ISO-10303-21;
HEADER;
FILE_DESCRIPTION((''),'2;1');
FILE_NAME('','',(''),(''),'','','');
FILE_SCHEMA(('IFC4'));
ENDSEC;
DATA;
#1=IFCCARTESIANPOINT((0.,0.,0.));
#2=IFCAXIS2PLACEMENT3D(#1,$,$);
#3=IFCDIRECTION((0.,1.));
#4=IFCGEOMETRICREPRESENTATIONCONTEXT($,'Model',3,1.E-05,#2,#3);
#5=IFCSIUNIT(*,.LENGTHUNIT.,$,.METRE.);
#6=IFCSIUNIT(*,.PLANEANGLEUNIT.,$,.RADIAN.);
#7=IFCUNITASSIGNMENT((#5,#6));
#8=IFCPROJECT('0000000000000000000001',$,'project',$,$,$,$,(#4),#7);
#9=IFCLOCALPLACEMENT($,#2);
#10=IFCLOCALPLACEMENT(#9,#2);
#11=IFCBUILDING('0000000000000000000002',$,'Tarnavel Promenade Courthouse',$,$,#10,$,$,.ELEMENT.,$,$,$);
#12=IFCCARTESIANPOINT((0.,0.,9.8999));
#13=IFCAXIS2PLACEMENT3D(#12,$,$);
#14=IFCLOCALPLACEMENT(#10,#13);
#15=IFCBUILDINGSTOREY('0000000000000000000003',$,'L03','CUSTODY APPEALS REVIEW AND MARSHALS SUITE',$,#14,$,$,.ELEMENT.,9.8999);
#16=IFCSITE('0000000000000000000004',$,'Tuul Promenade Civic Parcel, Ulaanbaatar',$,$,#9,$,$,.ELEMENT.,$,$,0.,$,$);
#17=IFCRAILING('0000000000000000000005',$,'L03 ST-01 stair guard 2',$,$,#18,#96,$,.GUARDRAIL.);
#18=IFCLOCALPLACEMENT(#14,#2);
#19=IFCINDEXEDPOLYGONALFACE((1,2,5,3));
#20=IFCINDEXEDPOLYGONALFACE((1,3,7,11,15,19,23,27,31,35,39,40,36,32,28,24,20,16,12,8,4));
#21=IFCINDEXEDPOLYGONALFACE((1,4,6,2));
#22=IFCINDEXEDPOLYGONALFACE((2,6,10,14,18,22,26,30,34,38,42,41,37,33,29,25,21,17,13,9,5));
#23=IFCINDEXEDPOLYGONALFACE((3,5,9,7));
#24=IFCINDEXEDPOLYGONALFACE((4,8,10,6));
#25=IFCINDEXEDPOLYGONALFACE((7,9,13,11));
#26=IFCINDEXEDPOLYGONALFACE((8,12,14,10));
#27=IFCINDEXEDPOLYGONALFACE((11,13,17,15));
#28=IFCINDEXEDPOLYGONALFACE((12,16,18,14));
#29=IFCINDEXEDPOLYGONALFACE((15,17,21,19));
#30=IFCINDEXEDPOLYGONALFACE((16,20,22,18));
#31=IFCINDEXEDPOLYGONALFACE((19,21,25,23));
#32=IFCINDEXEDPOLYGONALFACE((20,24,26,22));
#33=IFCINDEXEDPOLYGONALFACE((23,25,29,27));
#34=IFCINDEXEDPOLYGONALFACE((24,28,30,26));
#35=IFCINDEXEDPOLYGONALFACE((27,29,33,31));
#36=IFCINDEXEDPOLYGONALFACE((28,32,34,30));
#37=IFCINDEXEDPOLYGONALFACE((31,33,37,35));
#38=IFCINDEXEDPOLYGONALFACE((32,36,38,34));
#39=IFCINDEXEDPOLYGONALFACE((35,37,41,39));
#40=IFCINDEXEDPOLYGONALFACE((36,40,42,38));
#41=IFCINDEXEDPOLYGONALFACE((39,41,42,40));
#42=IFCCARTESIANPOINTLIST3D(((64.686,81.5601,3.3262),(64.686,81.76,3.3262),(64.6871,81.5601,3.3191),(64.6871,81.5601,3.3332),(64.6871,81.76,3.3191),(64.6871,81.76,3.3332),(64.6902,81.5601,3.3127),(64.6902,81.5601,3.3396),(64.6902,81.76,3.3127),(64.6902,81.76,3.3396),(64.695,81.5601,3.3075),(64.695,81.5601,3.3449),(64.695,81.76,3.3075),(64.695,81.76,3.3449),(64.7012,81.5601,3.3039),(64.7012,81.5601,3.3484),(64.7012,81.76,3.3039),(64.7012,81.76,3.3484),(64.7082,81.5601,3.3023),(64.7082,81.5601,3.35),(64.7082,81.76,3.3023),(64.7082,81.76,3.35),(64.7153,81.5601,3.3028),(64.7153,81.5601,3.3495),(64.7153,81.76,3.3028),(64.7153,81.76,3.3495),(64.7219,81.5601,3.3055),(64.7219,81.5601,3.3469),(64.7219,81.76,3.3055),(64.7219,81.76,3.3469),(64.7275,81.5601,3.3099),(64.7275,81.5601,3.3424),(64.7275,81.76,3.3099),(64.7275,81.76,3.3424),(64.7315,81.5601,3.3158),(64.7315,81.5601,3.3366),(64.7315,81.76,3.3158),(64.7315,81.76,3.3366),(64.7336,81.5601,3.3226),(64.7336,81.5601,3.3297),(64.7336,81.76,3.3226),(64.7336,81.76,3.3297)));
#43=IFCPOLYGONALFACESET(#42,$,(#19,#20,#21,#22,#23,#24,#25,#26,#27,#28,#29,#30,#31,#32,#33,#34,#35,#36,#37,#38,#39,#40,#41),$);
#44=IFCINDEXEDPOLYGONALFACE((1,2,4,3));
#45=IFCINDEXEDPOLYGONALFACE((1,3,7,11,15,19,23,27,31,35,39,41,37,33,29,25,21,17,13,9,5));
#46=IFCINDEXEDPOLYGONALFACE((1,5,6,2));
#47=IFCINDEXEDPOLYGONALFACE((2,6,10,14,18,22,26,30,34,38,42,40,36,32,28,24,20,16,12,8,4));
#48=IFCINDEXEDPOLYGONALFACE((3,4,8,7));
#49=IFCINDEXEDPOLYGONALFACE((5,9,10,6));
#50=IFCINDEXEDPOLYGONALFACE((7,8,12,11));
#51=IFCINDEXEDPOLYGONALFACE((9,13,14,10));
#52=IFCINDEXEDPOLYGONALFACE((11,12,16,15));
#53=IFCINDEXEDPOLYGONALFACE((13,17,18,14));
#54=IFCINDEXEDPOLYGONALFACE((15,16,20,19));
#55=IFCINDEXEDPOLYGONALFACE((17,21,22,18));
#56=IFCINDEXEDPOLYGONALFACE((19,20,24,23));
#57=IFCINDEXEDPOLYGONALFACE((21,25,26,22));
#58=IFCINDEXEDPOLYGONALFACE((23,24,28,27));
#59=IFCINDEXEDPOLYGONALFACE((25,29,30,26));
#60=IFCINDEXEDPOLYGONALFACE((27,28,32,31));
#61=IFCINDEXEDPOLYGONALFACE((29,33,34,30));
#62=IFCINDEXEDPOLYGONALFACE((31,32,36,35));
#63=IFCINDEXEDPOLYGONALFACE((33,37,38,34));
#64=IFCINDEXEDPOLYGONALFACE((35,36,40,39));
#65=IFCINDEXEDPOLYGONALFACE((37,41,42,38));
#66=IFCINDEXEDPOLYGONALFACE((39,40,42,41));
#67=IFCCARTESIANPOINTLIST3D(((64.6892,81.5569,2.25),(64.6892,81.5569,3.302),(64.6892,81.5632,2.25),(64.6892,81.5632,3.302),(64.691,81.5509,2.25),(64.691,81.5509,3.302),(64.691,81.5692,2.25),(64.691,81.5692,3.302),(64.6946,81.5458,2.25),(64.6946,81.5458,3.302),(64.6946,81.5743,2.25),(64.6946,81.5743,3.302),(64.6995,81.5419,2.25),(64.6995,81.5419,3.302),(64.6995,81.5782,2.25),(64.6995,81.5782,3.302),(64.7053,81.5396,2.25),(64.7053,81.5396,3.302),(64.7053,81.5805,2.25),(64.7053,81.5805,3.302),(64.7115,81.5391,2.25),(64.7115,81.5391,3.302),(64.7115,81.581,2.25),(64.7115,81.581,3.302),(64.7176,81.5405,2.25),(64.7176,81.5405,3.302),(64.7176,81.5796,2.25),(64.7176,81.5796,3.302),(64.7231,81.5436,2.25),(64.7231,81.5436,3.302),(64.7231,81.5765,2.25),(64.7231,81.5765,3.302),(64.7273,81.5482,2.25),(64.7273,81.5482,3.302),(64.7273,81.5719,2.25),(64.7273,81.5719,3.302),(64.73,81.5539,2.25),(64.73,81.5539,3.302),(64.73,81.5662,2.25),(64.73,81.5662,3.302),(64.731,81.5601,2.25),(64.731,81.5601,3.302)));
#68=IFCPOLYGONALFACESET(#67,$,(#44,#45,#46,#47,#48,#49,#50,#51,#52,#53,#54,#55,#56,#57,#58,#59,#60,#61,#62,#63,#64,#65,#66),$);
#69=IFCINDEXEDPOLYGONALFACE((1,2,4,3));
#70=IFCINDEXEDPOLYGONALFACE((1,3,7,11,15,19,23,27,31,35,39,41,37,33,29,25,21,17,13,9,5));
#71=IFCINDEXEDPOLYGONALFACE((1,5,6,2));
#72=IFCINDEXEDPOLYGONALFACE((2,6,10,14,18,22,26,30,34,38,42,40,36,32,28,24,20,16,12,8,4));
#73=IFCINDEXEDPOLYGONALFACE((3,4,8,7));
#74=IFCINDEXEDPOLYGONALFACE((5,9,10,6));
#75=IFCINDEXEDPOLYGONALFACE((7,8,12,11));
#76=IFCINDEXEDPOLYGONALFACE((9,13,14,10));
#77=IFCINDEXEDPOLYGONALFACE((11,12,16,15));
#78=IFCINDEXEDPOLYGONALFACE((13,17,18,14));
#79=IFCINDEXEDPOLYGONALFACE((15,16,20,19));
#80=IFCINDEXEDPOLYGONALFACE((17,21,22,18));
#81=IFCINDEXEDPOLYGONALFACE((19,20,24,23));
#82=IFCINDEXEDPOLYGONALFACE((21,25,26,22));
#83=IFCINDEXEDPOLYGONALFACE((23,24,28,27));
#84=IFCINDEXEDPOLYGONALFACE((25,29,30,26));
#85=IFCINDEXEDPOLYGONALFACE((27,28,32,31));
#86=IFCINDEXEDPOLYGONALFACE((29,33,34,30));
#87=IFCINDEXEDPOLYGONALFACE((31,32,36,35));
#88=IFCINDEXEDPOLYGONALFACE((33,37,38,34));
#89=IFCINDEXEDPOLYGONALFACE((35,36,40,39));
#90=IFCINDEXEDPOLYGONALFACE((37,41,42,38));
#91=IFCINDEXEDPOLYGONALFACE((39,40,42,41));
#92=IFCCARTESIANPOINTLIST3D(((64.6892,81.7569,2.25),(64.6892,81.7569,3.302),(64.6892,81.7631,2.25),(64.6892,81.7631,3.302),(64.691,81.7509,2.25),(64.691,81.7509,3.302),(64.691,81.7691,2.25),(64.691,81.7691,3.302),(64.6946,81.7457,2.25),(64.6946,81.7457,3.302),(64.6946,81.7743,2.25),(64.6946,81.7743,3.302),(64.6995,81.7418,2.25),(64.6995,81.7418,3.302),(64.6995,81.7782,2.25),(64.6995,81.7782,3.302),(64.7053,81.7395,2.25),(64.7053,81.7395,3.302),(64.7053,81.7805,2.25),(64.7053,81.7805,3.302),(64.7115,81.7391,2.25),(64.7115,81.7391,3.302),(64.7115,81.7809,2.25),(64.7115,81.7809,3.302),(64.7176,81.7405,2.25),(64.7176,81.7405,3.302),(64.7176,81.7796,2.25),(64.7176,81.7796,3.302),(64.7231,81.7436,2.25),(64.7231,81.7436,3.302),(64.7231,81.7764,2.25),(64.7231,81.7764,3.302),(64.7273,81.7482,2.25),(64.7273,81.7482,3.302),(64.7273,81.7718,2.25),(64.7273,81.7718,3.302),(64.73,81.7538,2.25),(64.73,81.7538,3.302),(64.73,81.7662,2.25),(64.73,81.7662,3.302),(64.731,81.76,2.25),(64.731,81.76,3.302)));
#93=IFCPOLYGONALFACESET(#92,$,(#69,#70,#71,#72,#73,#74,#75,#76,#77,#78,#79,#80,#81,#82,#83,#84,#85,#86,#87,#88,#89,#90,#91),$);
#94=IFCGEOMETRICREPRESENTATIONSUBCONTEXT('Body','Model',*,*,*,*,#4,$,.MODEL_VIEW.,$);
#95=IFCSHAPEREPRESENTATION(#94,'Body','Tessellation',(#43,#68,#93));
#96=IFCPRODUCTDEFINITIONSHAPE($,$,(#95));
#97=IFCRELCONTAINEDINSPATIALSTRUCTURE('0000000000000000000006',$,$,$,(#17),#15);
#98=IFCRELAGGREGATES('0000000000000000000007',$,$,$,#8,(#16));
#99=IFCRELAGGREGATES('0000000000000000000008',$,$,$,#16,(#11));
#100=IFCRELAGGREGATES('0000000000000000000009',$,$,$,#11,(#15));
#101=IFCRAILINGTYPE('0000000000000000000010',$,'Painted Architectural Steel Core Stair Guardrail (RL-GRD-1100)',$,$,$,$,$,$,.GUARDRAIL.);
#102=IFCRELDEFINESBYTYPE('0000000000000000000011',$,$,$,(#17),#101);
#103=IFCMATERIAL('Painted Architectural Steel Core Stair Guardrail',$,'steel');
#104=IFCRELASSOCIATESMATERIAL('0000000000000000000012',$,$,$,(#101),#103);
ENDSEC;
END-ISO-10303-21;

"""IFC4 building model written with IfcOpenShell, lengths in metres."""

from ifc_helpers import new_model, si_unit, direction, frame, origin, origin_2d, place, context, subcontext, project, spatial, circle, extrude, material, type_object, element, save


model = new_model("IFC4")

# Units and contexts
model_context = context("Model", 3, precision=1e-05, world=origin(), true_north=direction((0.0, 1.0)))
body_context = subcontext(model_context, "Body", "Model", "MODEL_VIEW")
ifc_project = project(units=[si_unit("LENGTHUNIT", "METRE"), si_unit("PLANEANGLEUNIT", "RADIAN")], contexts=[model_context])

# Site, building, storey
site_placement = place(None, origin())
site = spatial("IfcSite", under=ifc_project, at=site_placement, Name="Tuul Promenade Civic Parcel, Ulaanbaatar", CompositionType="ELEMENT", RefElevation=0.0)
building_placement = place(site_placement, origin())
building = spatial("IfcBuilding", under=site, at=building_placement, Name="Tarnavel Promenade Courthouse", CompositionType="ELEMENT")
storey_placement = place(building_placement, frame((0.0, 0.0, 9.8999)))
storey = spatial("IfcBuildingStorey", under=building, at=storey_placement, Name="L03", Description="CUSTODY APPEALS REVIEW AND MARSHALS SUITE", CompositionType="ELEMENT", Elevation=9.8999)

# Railing
ifc_material_1 = material(Name="Painted Architectural Steel Core Stair Guardrail", Category="steel")
railing_type_1 = type_object("IfcRailingType", Name="Painted Architectural Steel Core Stair Guardrail (RL-GRD-1100)", PredefinedType="GUARDRAIL", material=ifc_material_1)
railing_1_placement = place(storey_placement, frame((64.71, 81.5601, 2.25)))
element("IfcRailing", 1, at=railing_1_placement, inside=storey, type_object=railing_type_1, Name="L03 ST-01 stair guard 2", PredefinedType="GUARDRAIL", context=body_context, shape_type="SweptSolid", body=[
    extrude(circle(Radius=0.0239, at=origin_2d()), frame((0.0, 0.0, 1.0762), z_axis=(0.0, 1.0, 0.0), x_axis=(-1.0, 0.0, 0.0)), (0.0, 0.0, 1.0), 0.2),
    extrude(circle(Radius=0.021, at=origin_2d()), origin(), (0.0, 0.0, 1.0), 1.052),
    extrude(circle(Radius=0.021, at=origin_2d()), frame((0.0, 0.2, 0.0)), (0.0, 0.0, 1.0), 1.052),
])

save(model, "model.ifc")
